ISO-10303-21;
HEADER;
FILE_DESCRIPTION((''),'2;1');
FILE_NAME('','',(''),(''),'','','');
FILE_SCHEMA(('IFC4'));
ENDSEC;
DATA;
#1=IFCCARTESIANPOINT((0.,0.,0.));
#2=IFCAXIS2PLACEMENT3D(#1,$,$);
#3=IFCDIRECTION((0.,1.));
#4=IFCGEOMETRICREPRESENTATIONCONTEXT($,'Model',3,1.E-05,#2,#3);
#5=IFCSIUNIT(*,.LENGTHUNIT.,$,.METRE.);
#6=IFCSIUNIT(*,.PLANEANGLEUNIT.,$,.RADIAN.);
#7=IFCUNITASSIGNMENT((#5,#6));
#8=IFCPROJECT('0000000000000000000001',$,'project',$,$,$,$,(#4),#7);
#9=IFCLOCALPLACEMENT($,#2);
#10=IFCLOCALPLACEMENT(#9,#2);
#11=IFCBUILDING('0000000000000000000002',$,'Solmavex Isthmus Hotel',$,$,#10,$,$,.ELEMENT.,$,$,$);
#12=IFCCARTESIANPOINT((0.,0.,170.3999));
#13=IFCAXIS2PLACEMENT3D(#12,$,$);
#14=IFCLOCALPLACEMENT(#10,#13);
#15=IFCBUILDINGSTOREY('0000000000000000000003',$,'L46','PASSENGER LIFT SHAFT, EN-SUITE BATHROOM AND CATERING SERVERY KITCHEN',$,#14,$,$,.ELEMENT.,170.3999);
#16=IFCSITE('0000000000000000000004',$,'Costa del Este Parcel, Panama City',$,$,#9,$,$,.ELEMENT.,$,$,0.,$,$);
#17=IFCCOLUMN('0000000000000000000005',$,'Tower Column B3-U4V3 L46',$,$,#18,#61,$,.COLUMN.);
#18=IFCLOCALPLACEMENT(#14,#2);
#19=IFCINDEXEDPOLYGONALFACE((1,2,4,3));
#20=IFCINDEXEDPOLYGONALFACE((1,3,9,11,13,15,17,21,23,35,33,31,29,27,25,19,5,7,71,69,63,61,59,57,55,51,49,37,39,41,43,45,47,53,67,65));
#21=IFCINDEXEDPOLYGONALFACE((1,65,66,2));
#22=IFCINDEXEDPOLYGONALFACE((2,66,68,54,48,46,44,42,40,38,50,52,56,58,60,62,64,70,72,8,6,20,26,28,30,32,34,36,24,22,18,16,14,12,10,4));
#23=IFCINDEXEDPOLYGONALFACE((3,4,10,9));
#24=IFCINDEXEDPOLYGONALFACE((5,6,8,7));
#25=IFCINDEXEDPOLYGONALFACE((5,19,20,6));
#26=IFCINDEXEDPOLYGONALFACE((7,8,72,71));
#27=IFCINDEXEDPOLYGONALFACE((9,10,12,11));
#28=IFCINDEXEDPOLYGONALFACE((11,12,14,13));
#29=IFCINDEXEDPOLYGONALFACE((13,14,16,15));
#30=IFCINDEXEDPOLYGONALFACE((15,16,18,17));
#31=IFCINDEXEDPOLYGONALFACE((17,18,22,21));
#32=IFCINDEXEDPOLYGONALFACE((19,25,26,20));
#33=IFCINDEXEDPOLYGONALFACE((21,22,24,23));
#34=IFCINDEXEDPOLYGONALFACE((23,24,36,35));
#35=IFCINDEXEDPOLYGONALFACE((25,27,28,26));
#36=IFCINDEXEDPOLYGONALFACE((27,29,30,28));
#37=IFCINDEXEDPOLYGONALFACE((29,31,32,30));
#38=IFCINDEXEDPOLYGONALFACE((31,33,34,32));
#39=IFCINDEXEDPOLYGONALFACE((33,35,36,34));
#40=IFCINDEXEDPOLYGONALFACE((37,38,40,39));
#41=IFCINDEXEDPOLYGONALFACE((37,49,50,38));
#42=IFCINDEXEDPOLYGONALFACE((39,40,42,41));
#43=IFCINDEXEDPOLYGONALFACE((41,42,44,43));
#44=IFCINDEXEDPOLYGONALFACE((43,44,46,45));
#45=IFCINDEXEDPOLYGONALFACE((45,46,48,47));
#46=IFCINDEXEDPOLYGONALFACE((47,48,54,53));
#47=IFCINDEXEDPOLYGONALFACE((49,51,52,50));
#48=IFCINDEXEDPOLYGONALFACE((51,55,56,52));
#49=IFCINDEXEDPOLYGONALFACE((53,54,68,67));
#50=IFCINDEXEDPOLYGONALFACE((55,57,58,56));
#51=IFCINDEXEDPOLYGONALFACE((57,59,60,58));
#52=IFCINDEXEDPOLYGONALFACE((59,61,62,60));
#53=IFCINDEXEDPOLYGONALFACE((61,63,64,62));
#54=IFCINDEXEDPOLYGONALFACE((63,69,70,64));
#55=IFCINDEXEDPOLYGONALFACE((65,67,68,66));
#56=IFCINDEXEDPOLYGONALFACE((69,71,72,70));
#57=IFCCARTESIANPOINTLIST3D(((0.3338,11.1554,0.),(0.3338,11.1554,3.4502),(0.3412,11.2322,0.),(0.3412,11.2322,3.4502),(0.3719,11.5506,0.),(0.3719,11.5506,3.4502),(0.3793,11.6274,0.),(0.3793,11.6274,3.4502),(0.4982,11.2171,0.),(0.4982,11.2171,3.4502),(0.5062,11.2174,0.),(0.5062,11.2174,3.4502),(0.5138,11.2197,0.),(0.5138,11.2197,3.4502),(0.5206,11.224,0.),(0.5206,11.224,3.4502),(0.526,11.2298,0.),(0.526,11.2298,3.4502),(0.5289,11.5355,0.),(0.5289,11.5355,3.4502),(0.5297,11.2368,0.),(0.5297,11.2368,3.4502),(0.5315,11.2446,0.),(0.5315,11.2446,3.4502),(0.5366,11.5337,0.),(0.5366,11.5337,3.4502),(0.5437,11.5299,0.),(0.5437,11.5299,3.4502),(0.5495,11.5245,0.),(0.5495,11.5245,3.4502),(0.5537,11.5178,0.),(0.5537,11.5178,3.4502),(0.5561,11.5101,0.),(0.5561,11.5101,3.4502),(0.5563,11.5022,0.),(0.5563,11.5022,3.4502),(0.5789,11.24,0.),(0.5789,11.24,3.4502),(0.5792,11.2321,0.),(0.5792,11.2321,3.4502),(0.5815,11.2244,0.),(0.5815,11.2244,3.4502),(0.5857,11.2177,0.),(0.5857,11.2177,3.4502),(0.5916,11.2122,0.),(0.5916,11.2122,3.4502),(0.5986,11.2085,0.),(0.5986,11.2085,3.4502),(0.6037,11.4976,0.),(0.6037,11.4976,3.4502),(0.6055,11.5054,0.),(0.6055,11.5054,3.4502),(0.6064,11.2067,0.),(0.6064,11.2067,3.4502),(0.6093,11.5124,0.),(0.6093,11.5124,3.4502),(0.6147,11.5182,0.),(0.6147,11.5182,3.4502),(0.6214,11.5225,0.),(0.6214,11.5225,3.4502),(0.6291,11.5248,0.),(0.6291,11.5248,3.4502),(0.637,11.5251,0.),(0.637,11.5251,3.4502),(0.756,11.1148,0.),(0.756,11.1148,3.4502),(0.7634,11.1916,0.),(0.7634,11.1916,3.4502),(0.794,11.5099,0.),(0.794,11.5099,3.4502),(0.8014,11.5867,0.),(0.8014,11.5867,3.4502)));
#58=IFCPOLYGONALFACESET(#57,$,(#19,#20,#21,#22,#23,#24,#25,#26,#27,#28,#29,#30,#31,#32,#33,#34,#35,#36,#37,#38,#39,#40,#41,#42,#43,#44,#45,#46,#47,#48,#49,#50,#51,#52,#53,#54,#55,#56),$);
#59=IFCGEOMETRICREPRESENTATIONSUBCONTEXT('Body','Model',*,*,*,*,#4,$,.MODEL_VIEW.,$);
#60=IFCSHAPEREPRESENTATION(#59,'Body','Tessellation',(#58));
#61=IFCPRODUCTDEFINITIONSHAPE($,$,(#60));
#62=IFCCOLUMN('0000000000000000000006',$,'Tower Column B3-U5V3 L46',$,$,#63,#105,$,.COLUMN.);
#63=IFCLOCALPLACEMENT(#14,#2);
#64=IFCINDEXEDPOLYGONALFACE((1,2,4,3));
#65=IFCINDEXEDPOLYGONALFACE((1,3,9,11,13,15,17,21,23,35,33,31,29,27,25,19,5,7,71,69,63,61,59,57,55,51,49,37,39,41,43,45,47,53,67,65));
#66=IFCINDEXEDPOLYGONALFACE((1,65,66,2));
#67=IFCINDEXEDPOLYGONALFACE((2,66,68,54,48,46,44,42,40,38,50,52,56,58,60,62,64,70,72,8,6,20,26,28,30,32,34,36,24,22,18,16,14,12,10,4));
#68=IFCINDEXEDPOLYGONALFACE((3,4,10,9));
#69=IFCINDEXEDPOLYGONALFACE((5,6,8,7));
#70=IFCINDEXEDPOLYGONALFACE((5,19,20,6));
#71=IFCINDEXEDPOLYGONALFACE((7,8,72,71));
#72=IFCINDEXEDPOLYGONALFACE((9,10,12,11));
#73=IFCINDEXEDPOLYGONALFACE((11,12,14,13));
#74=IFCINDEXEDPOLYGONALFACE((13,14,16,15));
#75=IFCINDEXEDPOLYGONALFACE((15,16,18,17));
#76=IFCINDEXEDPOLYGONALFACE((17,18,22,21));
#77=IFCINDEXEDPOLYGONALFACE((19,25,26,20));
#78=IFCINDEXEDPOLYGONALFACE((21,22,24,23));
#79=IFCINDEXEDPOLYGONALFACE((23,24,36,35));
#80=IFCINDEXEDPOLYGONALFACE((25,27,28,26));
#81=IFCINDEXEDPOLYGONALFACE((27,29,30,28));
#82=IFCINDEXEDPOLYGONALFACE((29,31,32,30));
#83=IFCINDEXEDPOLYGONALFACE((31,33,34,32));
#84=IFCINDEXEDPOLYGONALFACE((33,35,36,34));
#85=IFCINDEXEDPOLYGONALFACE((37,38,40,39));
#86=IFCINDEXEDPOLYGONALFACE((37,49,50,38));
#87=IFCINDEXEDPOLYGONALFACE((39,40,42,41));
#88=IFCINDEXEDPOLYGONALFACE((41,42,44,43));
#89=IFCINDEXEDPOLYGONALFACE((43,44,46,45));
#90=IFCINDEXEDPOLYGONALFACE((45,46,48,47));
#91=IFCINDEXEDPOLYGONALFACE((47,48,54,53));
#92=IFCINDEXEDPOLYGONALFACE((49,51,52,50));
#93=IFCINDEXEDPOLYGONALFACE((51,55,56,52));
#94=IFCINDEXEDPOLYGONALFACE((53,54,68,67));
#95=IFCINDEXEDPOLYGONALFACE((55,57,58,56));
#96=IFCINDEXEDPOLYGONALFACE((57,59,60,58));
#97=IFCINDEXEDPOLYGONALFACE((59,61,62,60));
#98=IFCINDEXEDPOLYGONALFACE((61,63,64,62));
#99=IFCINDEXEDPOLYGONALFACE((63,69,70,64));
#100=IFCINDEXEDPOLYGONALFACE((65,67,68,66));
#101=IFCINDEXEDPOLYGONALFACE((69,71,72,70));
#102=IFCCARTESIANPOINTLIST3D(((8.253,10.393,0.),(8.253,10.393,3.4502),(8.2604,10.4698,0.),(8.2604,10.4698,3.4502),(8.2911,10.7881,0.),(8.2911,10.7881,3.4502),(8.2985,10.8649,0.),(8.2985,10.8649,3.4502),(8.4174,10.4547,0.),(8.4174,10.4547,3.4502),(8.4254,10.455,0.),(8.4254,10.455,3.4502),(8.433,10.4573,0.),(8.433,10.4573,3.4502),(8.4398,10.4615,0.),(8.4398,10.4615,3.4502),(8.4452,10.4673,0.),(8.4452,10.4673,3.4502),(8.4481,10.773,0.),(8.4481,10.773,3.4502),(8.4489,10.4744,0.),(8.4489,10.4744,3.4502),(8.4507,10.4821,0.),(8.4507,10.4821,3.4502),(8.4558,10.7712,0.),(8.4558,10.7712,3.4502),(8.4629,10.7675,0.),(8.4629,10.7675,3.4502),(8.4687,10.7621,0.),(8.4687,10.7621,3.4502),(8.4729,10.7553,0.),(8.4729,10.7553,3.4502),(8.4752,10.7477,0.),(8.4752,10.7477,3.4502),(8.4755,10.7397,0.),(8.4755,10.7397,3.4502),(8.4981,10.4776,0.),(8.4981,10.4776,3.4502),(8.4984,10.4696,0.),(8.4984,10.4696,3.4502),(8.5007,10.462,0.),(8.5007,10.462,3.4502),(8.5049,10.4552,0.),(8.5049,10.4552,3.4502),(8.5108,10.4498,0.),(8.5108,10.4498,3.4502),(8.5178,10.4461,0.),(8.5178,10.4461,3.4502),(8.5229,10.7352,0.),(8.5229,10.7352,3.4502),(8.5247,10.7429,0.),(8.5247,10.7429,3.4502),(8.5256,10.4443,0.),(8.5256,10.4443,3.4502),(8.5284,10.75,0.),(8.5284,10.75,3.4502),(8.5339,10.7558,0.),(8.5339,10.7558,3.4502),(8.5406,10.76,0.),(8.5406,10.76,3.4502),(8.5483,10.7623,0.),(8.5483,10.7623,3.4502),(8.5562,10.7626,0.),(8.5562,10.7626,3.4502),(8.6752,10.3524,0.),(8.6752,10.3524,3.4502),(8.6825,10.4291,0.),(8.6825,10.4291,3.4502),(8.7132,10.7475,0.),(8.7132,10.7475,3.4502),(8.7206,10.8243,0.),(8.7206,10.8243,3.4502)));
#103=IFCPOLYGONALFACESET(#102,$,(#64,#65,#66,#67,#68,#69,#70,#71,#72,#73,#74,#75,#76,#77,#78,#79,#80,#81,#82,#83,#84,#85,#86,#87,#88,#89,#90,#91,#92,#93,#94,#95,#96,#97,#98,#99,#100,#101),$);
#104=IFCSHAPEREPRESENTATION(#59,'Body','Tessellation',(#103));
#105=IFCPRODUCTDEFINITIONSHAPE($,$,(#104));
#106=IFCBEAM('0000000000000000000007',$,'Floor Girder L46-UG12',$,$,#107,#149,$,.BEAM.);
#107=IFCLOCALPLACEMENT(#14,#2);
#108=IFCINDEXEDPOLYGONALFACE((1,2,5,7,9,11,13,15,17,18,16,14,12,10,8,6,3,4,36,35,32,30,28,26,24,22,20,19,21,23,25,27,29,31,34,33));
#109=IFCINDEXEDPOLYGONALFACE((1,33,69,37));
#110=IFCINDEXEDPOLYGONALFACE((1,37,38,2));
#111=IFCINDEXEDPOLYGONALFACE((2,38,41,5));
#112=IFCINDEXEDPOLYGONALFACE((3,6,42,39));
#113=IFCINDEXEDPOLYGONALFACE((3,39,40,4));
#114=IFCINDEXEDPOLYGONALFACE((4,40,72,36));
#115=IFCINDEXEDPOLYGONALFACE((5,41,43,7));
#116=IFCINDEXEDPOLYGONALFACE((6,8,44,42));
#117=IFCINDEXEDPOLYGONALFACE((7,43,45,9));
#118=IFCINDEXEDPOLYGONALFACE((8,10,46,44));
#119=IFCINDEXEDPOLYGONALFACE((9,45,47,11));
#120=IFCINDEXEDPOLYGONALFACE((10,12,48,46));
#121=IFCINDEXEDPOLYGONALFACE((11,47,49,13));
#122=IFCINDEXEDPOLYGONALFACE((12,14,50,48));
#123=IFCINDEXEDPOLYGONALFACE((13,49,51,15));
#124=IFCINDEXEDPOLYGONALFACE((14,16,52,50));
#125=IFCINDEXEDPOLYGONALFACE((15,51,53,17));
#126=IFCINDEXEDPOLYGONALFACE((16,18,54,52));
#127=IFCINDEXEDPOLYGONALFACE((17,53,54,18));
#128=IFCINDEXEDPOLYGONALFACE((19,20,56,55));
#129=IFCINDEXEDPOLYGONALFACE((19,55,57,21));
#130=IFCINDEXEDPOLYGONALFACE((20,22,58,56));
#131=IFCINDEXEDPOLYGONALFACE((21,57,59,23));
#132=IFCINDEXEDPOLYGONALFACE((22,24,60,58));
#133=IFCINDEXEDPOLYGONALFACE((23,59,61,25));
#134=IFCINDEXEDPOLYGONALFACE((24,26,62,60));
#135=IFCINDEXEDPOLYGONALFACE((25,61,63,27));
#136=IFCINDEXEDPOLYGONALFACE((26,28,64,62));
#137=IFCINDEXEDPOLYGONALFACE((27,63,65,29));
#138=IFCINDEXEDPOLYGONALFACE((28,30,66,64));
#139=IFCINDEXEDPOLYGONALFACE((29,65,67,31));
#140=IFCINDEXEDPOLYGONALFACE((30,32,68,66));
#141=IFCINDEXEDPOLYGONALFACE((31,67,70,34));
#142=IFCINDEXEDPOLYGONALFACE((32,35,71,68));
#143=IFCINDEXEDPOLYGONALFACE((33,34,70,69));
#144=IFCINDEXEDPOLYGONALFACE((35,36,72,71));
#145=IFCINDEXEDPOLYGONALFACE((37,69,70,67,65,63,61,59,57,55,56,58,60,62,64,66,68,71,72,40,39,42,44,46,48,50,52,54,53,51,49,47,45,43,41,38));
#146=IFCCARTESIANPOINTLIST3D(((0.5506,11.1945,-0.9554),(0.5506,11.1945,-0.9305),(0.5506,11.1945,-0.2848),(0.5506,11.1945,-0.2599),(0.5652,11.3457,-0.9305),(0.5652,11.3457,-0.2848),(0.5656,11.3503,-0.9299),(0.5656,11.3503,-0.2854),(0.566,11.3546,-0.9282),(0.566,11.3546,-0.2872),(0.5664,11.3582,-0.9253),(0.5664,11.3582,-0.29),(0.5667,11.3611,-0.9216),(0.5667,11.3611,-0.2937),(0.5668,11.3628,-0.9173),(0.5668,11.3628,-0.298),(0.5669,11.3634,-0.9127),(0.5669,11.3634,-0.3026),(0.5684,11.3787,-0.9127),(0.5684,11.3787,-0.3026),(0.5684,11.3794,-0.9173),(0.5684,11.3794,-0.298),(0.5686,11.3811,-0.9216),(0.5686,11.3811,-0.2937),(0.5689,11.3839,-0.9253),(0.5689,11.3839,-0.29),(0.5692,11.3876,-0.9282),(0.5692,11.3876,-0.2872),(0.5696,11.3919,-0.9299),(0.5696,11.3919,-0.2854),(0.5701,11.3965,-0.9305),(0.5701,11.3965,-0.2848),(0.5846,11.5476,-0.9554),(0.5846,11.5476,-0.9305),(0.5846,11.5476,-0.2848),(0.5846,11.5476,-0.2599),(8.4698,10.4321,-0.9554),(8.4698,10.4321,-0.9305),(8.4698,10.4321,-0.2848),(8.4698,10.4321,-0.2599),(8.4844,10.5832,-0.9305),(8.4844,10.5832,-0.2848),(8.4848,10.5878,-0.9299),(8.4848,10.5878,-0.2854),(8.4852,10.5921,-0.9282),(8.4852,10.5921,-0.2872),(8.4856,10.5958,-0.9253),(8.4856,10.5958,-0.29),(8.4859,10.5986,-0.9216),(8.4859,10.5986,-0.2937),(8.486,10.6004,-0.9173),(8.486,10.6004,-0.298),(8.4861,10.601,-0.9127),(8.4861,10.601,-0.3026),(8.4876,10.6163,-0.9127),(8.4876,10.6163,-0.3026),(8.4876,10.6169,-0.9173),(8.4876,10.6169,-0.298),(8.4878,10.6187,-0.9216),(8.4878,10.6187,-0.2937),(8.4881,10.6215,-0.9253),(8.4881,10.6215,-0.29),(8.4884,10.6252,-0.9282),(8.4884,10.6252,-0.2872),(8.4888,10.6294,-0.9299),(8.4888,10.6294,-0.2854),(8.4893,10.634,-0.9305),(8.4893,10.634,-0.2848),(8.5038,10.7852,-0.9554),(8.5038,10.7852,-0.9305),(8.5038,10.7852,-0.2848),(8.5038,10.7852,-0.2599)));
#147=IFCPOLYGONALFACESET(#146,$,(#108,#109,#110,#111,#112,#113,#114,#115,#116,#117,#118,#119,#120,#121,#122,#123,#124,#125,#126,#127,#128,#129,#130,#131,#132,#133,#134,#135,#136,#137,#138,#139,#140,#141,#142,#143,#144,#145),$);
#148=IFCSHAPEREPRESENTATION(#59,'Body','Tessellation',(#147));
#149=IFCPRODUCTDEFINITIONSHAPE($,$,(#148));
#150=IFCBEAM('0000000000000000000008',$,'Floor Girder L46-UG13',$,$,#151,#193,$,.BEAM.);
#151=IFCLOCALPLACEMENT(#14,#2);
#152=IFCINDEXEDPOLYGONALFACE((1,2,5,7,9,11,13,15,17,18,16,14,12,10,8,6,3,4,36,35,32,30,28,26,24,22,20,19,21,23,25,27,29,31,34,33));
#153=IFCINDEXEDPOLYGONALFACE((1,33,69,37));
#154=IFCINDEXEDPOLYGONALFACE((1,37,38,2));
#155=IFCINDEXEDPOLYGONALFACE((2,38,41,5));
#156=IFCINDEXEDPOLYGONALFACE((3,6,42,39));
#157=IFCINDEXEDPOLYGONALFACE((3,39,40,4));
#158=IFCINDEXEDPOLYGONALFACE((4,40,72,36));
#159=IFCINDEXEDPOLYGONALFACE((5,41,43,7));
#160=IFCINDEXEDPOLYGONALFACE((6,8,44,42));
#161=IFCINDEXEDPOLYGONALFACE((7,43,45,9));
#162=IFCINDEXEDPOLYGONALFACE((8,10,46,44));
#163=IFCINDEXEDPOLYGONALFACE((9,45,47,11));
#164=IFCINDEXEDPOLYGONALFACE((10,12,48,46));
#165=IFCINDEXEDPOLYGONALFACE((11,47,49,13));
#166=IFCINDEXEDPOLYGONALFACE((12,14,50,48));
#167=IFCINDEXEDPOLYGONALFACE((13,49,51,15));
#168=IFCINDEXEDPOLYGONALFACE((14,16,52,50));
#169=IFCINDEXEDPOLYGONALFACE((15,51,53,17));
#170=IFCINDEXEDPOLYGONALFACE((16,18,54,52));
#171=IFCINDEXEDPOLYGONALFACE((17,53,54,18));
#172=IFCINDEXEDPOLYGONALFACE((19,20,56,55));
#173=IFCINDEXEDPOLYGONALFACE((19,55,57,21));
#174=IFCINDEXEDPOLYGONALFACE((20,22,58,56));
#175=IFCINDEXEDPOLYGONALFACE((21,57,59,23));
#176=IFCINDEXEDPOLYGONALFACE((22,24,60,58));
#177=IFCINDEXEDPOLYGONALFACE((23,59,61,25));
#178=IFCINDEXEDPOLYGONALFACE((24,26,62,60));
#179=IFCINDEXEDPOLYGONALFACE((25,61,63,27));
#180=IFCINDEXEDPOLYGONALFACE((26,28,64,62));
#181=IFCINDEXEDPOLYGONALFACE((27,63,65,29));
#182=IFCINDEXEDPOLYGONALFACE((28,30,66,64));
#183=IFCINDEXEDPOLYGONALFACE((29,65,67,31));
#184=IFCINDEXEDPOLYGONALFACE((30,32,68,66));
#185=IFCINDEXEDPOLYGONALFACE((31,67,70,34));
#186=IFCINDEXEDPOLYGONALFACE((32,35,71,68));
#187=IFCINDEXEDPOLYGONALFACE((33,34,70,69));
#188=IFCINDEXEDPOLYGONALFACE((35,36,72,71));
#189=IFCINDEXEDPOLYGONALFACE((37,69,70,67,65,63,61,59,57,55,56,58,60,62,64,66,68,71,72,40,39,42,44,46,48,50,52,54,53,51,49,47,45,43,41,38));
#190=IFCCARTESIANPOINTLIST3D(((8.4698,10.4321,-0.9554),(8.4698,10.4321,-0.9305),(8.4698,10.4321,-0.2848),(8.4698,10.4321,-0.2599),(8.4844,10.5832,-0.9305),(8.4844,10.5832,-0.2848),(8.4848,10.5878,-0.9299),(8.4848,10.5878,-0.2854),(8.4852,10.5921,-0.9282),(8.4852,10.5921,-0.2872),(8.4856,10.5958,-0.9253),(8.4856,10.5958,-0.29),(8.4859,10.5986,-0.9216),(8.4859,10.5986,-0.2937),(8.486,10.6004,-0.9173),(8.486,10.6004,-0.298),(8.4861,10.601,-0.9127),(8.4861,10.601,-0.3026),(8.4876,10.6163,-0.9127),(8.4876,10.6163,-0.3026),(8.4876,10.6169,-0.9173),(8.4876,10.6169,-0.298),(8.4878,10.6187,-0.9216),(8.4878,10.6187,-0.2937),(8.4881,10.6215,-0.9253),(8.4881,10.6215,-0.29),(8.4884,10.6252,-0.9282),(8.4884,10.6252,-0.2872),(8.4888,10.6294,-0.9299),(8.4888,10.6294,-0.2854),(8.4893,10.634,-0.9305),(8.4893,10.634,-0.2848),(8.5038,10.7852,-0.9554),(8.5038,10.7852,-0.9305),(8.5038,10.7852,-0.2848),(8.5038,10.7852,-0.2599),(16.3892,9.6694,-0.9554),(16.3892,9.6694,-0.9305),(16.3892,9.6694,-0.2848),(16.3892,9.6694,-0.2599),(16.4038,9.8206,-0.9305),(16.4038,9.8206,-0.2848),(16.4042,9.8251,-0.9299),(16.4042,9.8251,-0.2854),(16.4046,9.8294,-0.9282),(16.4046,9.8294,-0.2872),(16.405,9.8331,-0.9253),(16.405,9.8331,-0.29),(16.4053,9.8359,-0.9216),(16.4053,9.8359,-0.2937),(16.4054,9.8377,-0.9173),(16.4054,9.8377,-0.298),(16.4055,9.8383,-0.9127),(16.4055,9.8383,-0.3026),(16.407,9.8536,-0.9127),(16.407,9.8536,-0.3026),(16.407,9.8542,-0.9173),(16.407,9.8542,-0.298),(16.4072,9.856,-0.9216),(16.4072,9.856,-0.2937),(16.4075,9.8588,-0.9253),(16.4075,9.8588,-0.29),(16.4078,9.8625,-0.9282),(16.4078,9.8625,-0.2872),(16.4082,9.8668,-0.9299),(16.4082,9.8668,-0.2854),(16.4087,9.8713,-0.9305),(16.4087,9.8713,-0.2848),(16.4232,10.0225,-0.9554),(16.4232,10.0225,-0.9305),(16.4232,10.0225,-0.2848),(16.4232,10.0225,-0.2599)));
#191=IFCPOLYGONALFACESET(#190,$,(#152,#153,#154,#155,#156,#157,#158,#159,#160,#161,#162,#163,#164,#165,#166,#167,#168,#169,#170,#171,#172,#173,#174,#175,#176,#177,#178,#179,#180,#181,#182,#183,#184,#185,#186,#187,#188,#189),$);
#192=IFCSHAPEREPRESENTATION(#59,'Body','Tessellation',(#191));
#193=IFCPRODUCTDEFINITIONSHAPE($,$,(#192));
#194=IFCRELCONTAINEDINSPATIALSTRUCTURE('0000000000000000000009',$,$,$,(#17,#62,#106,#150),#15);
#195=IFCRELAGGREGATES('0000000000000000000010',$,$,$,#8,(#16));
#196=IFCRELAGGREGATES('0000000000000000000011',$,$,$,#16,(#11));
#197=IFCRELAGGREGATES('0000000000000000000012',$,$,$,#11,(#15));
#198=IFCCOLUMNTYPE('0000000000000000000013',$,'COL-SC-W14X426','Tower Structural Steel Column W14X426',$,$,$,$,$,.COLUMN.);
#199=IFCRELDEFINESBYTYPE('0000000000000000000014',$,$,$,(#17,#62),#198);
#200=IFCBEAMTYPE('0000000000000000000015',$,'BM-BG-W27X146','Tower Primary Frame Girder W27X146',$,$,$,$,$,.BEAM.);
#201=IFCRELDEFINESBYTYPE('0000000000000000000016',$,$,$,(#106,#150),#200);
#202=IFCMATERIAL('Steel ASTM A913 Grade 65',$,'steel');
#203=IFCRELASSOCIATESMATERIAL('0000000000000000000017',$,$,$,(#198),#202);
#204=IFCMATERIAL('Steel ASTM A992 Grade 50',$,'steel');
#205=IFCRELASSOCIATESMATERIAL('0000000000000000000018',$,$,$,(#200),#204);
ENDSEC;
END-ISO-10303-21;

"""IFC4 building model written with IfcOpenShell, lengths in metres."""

from ifc_helpers import new_model, si_unit, direction, frame, origin, origin_2d, place, context, subcontext, project, spatial, i_section, extrude, material, material_profile, profile_set, type_object, element, save


model = new_model("IFC4")

# Units and contexts
model_context = context("Model", 3, precision=1e-05, world=origin(), true_north=direction((0.0, 1.0)))
body_context = subcontext(model_context, "Body", "Model", "MODEL_VIEW")
ifc_project = project(units=[si_unit("LENGTHUNIT", "METRE"), si_unit("PLANEANGLEUNIT", "RADIAN")], contexts=[model_context])

# Site, building, storey
site_placement = place(None, origin())
site = spatial("IfcSite", under=ifc_project, at=site_placement, Name="Costa del Este Parcel, Panama City", CompositionType="ELEMENT", RefElevation=0.0)
building_placement = place(site_placement, origin())
building = spatial("IfcBuilding", under=site, at=building_placement, Name="Solmavex Isthmus Hotel", CompositionType="ELEMENT")
storey_placement = place(building_placement, frame((0.0, 0.0, 170.3999)))
storey = spatial("IfcBuildingStorey", under=building, at=storey_placement, Name="L46", Description="PASSENGER LIFT SHAFT, EN-SUITE BATHROOM AND CATERING SERVERY KITCHEN", CompositionType="ELEMENT", Elevation=170.3999)

# Columns
ifc_material_1 = material(Name="Steel ASTM A913 Grade 65", Category="steel")
ifc_material_profile_1 = material_profile(ifc_material_1, i_section(OverallWidth=0.4241, OverallDepth=0.4741, WebThickness=0.0476, FlangeThickness=0.0771, FilletRadius=0.0305, at=origin_2d()), Name="W14X426")
ifc_profile_set_1 = profile_set([ifc_material_profile_1], Name="Steel ASTM A913 Grade 65")
column_type = type_object("IfcColumnType", Name="COL-SC-W14X426", Description="Tower Structural Steel Column W14X426", PredefinedType="COLUMN", material=ifc_profile_set_1)
for number, where, z_axis, x_axis, name in (
    (1, (0.5676, 11.3711, 0.0), (0.0, 0.0, 1.0), (0.995396, -0.095846, 0.0), "Tower Column B3-U4V3 L46"),
    (2, (8.4868, 10.6086, 0.0), (0.0, 0.0, 1.0), (0.995396, -0.095846, 0.0), "Tower Column B3-U5V3 L46"),
):
    element("IfcColumn", number, at=place(storey_placement, frame(where, z_axis=z_axis, x_axis=x_axis)), inside=storey, type_object=column_type, Name=name, PredefinedType="COLUMN", context=body_context, shape_type="SweptSolid", body=[
        extrude(i_section(OverallWidth=0.4241, OverallDepth=0.4741, WebThickness=0.0476, FlangeThickness=0.0771, FilletRadius=0.0305, at=origin_2d()), origin(), (0.0, 0.0, 1.0), 3.4502),
    ])

# Beams
ifc_material_2 = material(Name="Steel ASTM A992 Grade 50", Category="steel")
ifc_material_profile_2 = material_profile(ifc_material_2, i_section(OverallWidth=0.3547, OverallDepth=0.6956, WebThickness=0.0154, FlangeThickness=0.0249, FilletRadius=0.0178, at=origin_2d()), Name="W27X146")
ifc_profile_set_2 = profile_set([ifc_material_profile_2], Name="Steel ASTM A992 Grade 50")
beam_type_1 = type_object("IfcBeamType", Name="BM-BG-W27X146", Description="Tower Primary Frame Girder W27X146", PredefinedType="BEAM", material=ifc_profile_set_2)
beam_1_placement = place(storey_placement, frame((0.5676, 11.3711, -0.6077), z_axis=(0.995397, -0.095836, 0.0), x_axis=(0.095836, 0.995397, 0.0)))
element("IfcBeam", 3, at=beam_1_placement, inside=storey, type_object=beam_type_1, Name="Floor Girder L46-UG12", PredefinedType="BEAM", context=body_context, shape_type="SweptSolid", body=[
    extrude(i_section(OverallWidth=0.3547, OverallDepth=0.6956, WebThickness=0.0154, FlangeThickness=0.0249, FilletRadius=0.0178, at=origin_2d()), origin(), (0.0, 0.0, 1.0), 7.9558),
])
beam_2_placement = place(storey_placement, frame((8.4868, 10.6086, -0.6077), z_axis=(0.995395, -0.095863, 0.0), x_axis=(0.095863, 0.995395, 0.0)))
element("IfcBeam", 4, at=beam_2_placement, inside=storey, type_object=beam_type_1, Name="Floor Girder L46-UG13", PredefinedType="BEAM", context=body_context, shape_type="SweptSolid", body=[
    extrude(i_section(OverallWidth=0.3547, OverallDepth=0.6956, WebThickness=0.0154, FlangeThickness=0.0249, FilletRadius=0.0178, at=origin_2d()), origin(), (0.0, 0.0, 1.0), 7.9561),
])

save(model, "model.ifc")
